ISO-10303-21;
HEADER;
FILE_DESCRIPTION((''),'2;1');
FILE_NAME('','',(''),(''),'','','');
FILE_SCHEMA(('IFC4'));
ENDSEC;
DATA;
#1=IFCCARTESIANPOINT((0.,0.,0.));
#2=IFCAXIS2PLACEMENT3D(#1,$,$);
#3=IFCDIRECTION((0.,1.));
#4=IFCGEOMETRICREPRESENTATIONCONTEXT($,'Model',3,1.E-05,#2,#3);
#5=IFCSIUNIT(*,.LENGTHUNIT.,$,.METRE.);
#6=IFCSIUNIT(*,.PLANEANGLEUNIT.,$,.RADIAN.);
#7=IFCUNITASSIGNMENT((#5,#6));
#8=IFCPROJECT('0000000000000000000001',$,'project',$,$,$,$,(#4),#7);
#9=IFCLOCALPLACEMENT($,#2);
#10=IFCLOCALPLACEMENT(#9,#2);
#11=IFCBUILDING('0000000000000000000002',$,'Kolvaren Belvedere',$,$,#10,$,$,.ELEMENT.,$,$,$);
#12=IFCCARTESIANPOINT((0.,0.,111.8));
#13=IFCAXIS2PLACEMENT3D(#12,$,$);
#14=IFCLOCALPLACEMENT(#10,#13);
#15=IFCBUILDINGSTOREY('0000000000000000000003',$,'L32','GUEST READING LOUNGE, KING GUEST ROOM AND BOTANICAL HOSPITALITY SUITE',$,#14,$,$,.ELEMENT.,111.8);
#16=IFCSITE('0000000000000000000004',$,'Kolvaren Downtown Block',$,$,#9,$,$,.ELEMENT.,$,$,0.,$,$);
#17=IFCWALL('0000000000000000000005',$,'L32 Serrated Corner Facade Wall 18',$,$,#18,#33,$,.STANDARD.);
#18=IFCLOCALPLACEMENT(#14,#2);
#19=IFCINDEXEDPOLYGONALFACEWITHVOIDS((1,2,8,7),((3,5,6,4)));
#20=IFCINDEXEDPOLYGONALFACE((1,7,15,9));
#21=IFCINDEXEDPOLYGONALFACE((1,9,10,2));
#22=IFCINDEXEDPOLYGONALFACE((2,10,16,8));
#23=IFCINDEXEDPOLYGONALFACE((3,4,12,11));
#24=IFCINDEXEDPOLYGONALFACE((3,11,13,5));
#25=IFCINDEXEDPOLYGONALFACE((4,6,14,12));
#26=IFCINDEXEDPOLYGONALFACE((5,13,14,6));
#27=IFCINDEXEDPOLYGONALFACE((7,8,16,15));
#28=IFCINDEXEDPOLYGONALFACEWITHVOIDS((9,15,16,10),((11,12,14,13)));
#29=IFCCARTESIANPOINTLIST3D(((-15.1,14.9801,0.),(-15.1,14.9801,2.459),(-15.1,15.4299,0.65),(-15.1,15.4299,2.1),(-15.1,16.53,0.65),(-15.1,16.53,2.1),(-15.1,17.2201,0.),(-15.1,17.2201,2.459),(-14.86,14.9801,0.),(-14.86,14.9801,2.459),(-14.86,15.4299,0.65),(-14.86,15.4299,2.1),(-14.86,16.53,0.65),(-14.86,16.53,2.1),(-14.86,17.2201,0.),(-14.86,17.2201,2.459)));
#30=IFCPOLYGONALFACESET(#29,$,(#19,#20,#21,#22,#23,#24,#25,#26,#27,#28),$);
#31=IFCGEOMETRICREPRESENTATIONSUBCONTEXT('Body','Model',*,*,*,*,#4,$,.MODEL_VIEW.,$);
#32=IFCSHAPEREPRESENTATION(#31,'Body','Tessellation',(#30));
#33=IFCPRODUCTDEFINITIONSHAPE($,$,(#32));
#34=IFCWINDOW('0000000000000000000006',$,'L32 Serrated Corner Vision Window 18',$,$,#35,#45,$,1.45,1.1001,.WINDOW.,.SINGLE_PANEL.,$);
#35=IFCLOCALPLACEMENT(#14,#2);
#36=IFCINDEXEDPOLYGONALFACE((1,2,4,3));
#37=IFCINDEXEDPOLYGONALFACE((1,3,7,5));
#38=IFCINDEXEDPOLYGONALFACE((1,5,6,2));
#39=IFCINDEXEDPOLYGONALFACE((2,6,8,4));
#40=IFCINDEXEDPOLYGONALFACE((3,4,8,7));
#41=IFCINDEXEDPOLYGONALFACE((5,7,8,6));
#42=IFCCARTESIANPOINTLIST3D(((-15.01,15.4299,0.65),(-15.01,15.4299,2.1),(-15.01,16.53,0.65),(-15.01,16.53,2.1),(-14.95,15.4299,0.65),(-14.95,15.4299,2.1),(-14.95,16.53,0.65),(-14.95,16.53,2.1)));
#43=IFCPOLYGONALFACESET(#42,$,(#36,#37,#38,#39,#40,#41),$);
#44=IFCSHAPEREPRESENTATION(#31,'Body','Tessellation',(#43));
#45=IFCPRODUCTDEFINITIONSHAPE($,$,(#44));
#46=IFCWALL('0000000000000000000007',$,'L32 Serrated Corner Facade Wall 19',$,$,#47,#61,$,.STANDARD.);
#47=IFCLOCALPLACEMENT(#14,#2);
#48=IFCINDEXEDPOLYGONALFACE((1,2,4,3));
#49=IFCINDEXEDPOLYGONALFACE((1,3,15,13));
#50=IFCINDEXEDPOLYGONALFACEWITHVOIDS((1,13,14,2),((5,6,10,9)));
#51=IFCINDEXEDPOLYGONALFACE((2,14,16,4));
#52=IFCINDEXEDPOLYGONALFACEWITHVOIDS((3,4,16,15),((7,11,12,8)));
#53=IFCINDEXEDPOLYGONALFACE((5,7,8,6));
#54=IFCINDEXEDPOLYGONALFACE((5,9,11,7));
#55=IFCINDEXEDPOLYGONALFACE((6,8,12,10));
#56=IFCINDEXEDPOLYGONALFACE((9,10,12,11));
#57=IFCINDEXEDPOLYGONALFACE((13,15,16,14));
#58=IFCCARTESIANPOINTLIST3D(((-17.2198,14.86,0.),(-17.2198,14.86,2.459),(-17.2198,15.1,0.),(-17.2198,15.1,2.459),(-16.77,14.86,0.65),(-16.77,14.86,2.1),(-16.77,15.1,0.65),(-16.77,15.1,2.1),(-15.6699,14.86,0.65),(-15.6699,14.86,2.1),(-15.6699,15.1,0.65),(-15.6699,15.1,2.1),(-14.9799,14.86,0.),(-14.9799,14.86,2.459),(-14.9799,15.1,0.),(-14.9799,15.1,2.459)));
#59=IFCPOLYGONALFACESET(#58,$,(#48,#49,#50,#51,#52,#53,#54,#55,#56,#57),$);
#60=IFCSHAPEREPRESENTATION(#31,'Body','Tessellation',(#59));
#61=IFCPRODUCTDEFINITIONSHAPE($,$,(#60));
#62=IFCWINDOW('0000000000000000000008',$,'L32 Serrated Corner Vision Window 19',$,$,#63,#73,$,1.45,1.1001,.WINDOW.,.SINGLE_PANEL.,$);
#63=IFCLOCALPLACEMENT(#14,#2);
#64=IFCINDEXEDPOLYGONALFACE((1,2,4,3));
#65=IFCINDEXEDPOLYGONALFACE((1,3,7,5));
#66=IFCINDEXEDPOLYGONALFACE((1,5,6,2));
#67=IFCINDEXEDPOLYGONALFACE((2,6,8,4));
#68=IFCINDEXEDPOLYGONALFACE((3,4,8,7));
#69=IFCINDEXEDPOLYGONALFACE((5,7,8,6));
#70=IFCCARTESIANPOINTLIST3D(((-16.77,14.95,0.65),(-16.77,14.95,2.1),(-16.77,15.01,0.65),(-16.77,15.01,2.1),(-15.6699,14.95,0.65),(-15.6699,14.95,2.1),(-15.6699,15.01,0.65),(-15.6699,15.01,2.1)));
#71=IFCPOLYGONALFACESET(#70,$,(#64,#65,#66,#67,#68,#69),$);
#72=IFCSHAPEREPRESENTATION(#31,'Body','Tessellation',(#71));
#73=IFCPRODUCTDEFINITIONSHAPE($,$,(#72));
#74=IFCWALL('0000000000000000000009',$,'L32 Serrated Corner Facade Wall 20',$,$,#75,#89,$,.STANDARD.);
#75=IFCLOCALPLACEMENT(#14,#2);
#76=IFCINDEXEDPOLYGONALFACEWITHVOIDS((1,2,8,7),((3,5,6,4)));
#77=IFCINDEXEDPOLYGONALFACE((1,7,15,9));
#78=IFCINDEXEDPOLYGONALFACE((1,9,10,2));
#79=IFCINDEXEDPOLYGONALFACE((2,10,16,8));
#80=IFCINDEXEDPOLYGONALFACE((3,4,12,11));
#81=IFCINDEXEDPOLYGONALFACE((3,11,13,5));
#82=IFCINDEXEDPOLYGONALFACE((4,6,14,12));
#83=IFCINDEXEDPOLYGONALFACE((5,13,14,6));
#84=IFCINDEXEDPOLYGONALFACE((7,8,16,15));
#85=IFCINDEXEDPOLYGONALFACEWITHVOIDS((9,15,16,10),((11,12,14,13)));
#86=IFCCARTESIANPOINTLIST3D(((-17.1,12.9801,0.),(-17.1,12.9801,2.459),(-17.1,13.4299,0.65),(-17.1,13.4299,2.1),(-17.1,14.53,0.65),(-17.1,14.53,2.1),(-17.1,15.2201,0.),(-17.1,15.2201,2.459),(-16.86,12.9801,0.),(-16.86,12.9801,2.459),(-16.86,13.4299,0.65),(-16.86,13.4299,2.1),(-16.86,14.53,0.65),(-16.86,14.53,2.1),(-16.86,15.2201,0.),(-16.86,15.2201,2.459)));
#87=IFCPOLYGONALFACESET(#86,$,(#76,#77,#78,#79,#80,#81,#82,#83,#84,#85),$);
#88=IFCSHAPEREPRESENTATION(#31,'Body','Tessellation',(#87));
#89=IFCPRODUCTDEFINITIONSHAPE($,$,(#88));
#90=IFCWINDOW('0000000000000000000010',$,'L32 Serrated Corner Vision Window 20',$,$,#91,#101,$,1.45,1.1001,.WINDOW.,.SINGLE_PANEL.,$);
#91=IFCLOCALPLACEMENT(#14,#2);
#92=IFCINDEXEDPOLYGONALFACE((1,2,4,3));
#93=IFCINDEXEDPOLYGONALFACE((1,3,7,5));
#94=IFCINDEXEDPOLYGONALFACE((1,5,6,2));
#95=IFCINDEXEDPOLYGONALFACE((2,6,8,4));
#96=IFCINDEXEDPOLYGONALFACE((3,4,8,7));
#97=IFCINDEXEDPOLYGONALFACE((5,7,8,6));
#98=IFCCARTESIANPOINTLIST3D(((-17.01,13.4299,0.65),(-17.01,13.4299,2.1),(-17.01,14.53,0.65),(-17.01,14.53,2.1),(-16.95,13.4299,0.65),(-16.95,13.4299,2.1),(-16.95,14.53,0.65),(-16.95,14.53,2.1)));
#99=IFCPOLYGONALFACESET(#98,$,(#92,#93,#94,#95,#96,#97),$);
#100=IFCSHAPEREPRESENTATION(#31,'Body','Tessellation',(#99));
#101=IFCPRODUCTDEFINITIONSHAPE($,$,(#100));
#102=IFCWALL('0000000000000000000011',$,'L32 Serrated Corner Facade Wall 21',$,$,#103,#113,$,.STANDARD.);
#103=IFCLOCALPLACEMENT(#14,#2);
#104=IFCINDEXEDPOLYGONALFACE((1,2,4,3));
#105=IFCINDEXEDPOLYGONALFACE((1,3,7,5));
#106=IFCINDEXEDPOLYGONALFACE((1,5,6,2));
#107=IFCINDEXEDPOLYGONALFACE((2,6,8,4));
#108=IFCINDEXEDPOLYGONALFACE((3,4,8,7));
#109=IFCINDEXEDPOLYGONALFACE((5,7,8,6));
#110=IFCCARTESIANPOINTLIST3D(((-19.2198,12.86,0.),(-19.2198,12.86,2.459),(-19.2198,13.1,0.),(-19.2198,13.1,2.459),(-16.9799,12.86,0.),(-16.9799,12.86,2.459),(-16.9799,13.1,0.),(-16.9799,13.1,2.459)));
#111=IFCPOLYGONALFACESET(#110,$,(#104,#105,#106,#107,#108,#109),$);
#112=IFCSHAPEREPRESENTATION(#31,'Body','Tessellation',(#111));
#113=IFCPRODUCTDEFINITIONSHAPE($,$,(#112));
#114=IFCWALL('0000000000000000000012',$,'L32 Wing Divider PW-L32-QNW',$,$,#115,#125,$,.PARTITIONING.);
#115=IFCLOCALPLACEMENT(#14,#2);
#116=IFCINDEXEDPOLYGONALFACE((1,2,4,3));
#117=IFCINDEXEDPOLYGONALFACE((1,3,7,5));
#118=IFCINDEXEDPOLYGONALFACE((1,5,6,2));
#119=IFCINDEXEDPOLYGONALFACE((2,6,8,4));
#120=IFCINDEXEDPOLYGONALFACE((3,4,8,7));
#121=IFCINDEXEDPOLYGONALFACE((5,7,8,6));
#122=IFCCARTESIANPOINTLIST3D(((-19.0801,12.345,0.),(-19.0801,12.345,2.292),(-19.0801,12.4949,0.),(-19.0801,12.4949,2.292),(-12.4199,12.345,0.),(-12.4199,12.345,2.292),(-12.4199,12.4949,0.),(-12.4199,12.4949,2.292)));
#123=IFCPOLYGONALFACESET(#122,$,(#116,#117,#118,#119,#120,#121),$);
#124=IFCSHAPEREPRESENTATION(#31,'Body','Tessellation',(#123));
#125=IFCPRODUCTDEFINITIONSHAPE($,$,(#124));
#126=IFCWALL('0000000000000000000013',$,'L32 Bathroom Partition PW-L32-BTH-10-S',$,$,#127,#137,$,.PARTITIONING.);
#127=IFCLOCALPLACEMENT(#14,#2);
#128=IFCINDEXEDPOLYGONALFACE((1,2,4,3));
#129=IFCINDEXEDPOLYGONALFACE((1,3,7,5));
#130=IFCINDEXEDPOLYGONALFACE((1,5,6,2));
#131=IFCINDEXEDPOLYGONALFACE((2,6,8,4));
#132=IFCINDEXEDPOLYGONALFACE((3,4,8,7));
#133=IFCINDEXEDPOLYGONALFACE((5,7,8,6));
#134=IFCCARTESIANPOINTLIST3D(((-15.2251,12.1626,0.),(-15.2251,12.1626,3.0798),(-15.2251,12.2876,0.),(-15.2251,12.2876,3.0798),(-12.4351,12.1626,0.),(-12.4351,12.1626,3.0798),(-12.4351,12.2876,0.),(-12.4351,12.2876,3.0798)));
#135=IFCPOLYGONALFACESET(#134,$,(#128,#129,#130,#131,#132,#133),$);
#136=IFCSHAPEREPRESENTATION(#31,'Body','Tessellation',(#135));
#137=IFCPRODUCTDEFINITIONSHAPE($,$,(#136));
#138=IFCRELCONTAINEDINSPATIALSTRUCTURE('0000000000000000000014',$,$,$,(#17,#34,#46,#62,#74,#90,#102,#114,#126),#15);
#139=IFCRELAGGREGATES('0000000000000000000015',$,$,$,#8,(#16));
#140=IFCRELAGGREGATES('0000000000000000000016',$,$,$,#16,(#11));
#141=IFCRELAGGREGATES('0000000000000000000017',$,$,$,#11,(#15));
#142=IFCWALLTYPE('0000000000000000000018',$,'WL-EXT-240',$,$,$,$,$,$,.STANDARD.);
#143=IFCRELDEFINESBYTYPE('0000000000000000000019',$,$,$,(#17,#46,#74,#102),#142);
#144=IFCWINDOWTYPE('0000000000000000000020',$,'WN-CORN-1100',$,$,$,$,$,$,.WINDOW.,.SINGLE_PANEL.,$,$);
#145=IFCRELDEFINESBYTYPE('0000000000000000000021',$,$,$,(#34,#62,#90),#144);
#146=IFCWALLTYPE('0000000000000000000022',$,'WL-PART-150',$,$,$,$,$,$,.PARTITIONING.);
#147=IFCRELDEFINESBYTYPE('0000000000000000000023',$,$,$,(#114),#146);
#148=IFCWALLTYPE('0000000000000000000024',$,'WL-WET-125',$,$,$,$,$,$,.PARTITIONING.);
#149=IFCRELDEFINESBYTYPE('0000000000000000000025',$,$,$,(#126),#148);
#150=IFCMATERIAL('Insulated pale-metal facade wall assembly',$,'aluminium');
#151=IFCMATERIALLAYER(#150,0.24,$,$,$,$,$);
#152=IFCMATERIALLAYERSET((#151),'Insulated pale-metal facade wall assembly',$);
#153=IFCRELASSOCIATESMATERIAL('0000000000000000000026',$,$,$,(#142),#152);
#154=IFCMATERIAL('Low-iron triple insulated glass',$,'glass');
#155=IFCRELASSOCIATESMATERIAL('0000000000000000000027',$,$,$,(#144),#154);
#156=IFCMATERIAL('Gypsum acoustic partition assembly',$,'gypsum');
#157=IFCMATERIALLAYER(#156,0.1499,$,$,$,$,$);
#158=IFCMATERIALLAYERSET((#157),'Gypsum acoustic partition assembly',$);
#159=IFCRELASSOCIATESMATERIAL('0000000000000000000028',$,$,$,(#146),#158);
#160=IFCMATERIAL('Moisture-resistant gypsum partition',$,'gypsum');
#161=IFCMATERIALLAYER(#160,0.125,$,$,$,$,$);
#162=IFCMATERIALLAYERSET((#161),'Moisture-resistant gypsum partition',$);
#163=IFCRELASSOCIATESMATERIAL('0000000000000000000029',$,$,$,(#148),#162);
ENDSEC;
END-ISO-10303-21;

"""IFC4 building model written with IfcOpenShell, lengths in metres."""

from ifc_helpers import new_model, si_unit, direction, frame, frame_2d, origin, place, context, subcontext, project, spatial, rectangle, extrude, material, layer, layer_set, type_object, element, fill, save


model = new_model("IFC4")

# Units and contexts
model_context = context("Model", 3, precision=1e-05, world=origin(), true_north=direction((0.0, 1.0)))
body_context = subcontext(model_context, "Body", "Model", "MODEL_VIEW")
ifc_project = project(units=[si_unit("LENGTHUNIT", "METRE"), si_unit("PLANEANGLEUNIT", "RADIAN")], contexts=[model_context])

# Site, building, storey
site_placement = place(None, origin())
site = spatial("IfcSite", under=ifc_project, at=site_placement, Name="Kolvaren Downtown Block", CompositionType="ELEMENT", RefElevation=0.0)
building_placement = place(site_placement, origin())
building = spatial("IfcBuilding", under=site, at=building_placement, Name="Kolvaren Belvedere", CompositionType="ELEMENT")
storey_placement = place(building_placement, frame((0.0, 0.0, 111.8)))
storey = spatial("IfcBuildingStorey", under=building, at=storey_placement, Name="L32", Description="GUEST READING LOUNGE, KING GUEST ROOM AND BOTANICAL HOSPITALITY SUITE", CompositionType="ELEMENT", Elevation=111.8)

# Shared definitions
ifc_material_1 = material(Name="Insulated pale-metal facade wall assembly", Category="aluminium")
ifc_layer_1 = layer(ifc_material_1, 0.24)
ifc_layer_set_1 = layer_set([ifc_layer_1], Name="Insulated pale-metal facade wall assembly")
wall_type_1 = type_object("IfcWallType", Name="WL-EXT-240", PredefinedType="STANDARD", material=ifc_layer_set_1)

# Walls, openings, windows
ifc_material_2 = material(Name="Low-iron triple insulated glass", Category="glass")
window_type = type_object("IfcWindowType", Name="WN-CORN-1100", PartitioningType="SINGLE_PANEL", PredefinedType="WINDOW", material=ifc_material_2)
wall_1_placement = place(storey_placement, frame((-14.98, 14.98, 0.0), z_axis=(0.0, 0.0, 1.0), x_axis=(0.0, 1.0, 0.0)))
wall_1 = element("IfcWall", 1, at=wall_1_placement, inside=storey, type_object=wall_type_1, Name="L32 Serrated Corner Facade Wall 18", PredefinedType="STANDARD", context=body_context, shape_type="SweptSolid", body=[
    extrude(rectangle(XDim=2.24, YDim=0.24, at=frame_2d((1.1201, 0.0))), origin(), (0.0, 0.0, 1.0), 2.459),
])
opening_1_placement = place(wall_1_placement, frame((0.45, 0.0, 0.6499)))
opening_1 = element("IfcOpeningElement", 2, at=opening_1_placement, cuts=wall_1, PredefinedType="OPENING", context=body_context, shape_type="SweptSolid", body=[
    extrude(rectangle(XDim=1.1001, YDim=1.45, at=frame_2d((0.55, 0.7251))), frame((0.0, 0.1299, 0.0), z_axis=(0.0, -1.0, 0.0), x_axis=(1.0, 0.0, 0.0)), (0.0, 0.0, 1.0), 0.26),
])
window_1_placement = place(opening_1_placement, origin())
window_1 = element("IfcWindow", 3, at=window_1_placement, inside=storey, type_object=window_type, Name="L32 Serrated Corner Vision Window 18", OverallHeight=1.45, OverallWidth=1.1001, PartitioningType="SINGLE_PANEL", PredefinedType="WINDOW", context=body_context, shape_type="SweptSolid", body=[
    extrude(rectangle(XDim=1.1001, YDim=1.45, at=frame_2d((0.55, 0.7251))), frame((0.0, 0.03, 0.0), z_axis=(0.0, -1.0, 0.0), x_axis=(1.0, 0.0, 0.0)), (0.0, 0.0, 1.0), 0.0601),
])
fill(opening_1, window_1)
wall_2_placement = place(storey_placement, frame((-17.22, 14.98, 0.0), z_axis=(0.0, 0.0, 1.0), x_axis=(1.0, 0.0, 0.0)))
wall_2 = element("IfcWall", 4, at=wall_2_placement, inside=storey, type_object=wall_type_1, Name="L32 Serrated Corner Facade Wall 19", PredefinedType="STANDARD", context=body_context, shape_type="SweptSolid", body=[
    extrude(rectangle(XDim=2.24, YDim=0.24, at=frame_2d((1.1201, 0.0))), origin(), (0.0, 0.0, 1.0), 2.459),
])
opening_2_placement = place(wall_2_placement, frame((0.45, 0.0, 0.6499)))
opening_2 = element("IfcOpeningElement", 5, at=opening_2_placement, cuts=wall_2, PredefinedType="OPENING", context=body_context, shape_type="SweptSolid", body=[
    extrude(rectangle(XDim=1.1001, YDim=1.45, at=frame_2d((0.55, 0.7251))), frame((0.0, 0.1299, 0.0), z_axis=(0.0, -1.0, 0.0), x_axis=(1.0, 0.0, 0.0)), (0.0, 0.0, 1.0), 0.26),
])
window_2_placement = place(opening_2_placement, origin())
window_2 = element("IfcWindow", 6, at=window_2_placement, inside=storey, type_object=window_type, Name="L32 Serrated Corner Vision Window 19", OverallHeight=1.45, OverallWidth=1.1001, PartitioningType="SINGLE_PANEL", PredefinedType="WINDOW", context=body_context, shape_type="SweptSolid", body=[
    extrude(rectangle(XDim=1.1001, YDim=1.45, at=frame_2d((0.55, 0.7251))), frame((0.0, 0.03, 0.0), z_axis=(0.0, -1.0, 0.0), x_axis=(1.0, 0.0, 0.0)), (0.0, 0.0, 1.0), 0.0601),
])
fill(opening_2, window_2)
wall_3_placement = place(storey_placement, frame((-16.98, 12.98, 0.0), z_axis=(0.0, 0.0, 1.0), x_axis=(0.0, 1.0, 0.0)))
wall_3 = element("IfcWall", 7, at=wall_3_placement, inside=storey, type_object=wall_type_1, Name="L32 Serrated Corner Facade Wall 20", PredefinedType="STANDARD", context=body_context, shape_type="SweptSolid", body=[
    extrude(rectangle(XDim=2.24, YDim=0.24, at=frame_2d((1.1201, 0.0))), origin(), (0.0, 0.0, 1.0), 2.459),
])
opening_3_placement = place(wall_3_placement, frame((0.45, 0.0, 0.6499)))
opening_3 = element("IfcOpeningElement", 8, at=opening_3_placement, cuts=wall_3, PredefinedType="OPENING", context=body_context, shape_type="SweptSolid", body=[
    extrude(rectangle(XDim=1.1001, YDim=1.45, at=frame_2d((0.55, 0.7251))), frame((0.0, 0.1299, 0.0), z_axis=(0.0, -1.0, 0.0), x_axis=(1.0, 0.0, 0.0)), (0.0, 0.0, 1.0), 0.26),
])
window_3_placement = place(opening_3_placement, origin())
window_3 = element("IfcWindow", 9, at=window_3_placement, inside=storey, type_object=window_type, Name="L32 Serrated Corner Vision Window 20", OverallHeight=1.45, OverallWidth=1.1001, PartitioningType="SINGLE_PANEL", PredefinedType="WINDOW", context=body_context, shape_type="SweptSolid", body=[
    extrude(rectangle(XDim=1.1001, YDim=1.45, at=frame_2d((0.55, 0.7251))), frame((0.0, 0.03, 0.0), z_axis=(0.0, -1.0, 0.0), x_axis=(1.0, 0.0, 0.0)), (0.0, 0.0, 1.0), 0.0601),
])
fill(opening_3, window_3)

# Walls
wall_4_placement = place(storey_placement, frame((-19.22, 12.98, 0.0), z_axis=(0.0, 0.0, 1.0), x_axis=(1.0, 0.0, 0.0)))
element("IfcWall", 10, at=wall_4_placement, inside=storey, type_object=wall_type_1, Name="L32 Serrated Corner Facade Wall 21", PredefinedType="STANDARD", context=body_context, shape_type="SweptSolid", body=[
    extrude(rectangle(XDim=2.24, YDim=0.24, at=frame_2d((1.1201, 0.0))), origin(), (0.0, 0.0, 1.0), 2.459),
])
ifc_material_3 = material(Name="Gypsum acoustic partition assembly", Category="gypsum")
ifc_layer_2 = layer(ifc_material_3, 0.1499)
ifc_layer_set_2 = layer_set([ifc_layer_2], Name="Gypsum acoustic partition assembly")
wall_type_2 = type_object("IfcWallType", Name="WL-PART-150", PredefinedType="PARTITIONING", material=ifc_layer_set_2)
wall_5_placement = place(storey_placement, frame((-19.0801, 12.4199, 0.0), z_axis=(0.0, 0.0, 1.0), x_axis=(1.0, 0.0, 0.0)))
element("IfcWall", 11, at=wall_5_placement, inside=storey, type_object=wall_type_2, Name="L32 Wing Divider PW-L32-QNW", PredefinedType="PARTITIONING", context=body_context, shape_type="SweptSolid", body=[
    extrude(rectangle(XDim=6.6602, YDim=0.1499, at=frame_2d((3.3301, 0.0))), origin(), (0.0, 0.0, 1.0), 2.292),
])
ifc_material_4 = material(Name="Moisture-resistant gypsum partition", Category="gypsum")
ifc_layer_3 = layer(ifc_material_4, 0.125)
ifc_layer_set_3 = layer_set([ifc_layer_3], Name="Moisture-resistant gypsum partition")
wall_type_3 = type_object("IfcWallType", Name="WL-WET-125", PredefinedType="PARTITIONING", material=ifc_layer_set_3)
wall_6_placement = place(storey_placement, frame((-15.2251, 12.2251, 0.0), z_axis=(0.0, 0.0, 1.0), x_axis=(1.0, 0.0, 0.0)))
element("IfcWall", 12, at=wall_6_placement, inside=storey, type_object=wall_type_3, Name="L32 Bathroom Partition PW-L32-BTH-10-S", PredefinedType="PARTITIONING", context=body_context, shape_type="SweptSolid", body=[
    extrude(rectangle(XDim=2.79, YDim=0.125, at=frame_2d((1.395, 0.0))), origin(), (0.0, 0.0, 1.0), 3.0798),
])

save(model, "model.ifc")
